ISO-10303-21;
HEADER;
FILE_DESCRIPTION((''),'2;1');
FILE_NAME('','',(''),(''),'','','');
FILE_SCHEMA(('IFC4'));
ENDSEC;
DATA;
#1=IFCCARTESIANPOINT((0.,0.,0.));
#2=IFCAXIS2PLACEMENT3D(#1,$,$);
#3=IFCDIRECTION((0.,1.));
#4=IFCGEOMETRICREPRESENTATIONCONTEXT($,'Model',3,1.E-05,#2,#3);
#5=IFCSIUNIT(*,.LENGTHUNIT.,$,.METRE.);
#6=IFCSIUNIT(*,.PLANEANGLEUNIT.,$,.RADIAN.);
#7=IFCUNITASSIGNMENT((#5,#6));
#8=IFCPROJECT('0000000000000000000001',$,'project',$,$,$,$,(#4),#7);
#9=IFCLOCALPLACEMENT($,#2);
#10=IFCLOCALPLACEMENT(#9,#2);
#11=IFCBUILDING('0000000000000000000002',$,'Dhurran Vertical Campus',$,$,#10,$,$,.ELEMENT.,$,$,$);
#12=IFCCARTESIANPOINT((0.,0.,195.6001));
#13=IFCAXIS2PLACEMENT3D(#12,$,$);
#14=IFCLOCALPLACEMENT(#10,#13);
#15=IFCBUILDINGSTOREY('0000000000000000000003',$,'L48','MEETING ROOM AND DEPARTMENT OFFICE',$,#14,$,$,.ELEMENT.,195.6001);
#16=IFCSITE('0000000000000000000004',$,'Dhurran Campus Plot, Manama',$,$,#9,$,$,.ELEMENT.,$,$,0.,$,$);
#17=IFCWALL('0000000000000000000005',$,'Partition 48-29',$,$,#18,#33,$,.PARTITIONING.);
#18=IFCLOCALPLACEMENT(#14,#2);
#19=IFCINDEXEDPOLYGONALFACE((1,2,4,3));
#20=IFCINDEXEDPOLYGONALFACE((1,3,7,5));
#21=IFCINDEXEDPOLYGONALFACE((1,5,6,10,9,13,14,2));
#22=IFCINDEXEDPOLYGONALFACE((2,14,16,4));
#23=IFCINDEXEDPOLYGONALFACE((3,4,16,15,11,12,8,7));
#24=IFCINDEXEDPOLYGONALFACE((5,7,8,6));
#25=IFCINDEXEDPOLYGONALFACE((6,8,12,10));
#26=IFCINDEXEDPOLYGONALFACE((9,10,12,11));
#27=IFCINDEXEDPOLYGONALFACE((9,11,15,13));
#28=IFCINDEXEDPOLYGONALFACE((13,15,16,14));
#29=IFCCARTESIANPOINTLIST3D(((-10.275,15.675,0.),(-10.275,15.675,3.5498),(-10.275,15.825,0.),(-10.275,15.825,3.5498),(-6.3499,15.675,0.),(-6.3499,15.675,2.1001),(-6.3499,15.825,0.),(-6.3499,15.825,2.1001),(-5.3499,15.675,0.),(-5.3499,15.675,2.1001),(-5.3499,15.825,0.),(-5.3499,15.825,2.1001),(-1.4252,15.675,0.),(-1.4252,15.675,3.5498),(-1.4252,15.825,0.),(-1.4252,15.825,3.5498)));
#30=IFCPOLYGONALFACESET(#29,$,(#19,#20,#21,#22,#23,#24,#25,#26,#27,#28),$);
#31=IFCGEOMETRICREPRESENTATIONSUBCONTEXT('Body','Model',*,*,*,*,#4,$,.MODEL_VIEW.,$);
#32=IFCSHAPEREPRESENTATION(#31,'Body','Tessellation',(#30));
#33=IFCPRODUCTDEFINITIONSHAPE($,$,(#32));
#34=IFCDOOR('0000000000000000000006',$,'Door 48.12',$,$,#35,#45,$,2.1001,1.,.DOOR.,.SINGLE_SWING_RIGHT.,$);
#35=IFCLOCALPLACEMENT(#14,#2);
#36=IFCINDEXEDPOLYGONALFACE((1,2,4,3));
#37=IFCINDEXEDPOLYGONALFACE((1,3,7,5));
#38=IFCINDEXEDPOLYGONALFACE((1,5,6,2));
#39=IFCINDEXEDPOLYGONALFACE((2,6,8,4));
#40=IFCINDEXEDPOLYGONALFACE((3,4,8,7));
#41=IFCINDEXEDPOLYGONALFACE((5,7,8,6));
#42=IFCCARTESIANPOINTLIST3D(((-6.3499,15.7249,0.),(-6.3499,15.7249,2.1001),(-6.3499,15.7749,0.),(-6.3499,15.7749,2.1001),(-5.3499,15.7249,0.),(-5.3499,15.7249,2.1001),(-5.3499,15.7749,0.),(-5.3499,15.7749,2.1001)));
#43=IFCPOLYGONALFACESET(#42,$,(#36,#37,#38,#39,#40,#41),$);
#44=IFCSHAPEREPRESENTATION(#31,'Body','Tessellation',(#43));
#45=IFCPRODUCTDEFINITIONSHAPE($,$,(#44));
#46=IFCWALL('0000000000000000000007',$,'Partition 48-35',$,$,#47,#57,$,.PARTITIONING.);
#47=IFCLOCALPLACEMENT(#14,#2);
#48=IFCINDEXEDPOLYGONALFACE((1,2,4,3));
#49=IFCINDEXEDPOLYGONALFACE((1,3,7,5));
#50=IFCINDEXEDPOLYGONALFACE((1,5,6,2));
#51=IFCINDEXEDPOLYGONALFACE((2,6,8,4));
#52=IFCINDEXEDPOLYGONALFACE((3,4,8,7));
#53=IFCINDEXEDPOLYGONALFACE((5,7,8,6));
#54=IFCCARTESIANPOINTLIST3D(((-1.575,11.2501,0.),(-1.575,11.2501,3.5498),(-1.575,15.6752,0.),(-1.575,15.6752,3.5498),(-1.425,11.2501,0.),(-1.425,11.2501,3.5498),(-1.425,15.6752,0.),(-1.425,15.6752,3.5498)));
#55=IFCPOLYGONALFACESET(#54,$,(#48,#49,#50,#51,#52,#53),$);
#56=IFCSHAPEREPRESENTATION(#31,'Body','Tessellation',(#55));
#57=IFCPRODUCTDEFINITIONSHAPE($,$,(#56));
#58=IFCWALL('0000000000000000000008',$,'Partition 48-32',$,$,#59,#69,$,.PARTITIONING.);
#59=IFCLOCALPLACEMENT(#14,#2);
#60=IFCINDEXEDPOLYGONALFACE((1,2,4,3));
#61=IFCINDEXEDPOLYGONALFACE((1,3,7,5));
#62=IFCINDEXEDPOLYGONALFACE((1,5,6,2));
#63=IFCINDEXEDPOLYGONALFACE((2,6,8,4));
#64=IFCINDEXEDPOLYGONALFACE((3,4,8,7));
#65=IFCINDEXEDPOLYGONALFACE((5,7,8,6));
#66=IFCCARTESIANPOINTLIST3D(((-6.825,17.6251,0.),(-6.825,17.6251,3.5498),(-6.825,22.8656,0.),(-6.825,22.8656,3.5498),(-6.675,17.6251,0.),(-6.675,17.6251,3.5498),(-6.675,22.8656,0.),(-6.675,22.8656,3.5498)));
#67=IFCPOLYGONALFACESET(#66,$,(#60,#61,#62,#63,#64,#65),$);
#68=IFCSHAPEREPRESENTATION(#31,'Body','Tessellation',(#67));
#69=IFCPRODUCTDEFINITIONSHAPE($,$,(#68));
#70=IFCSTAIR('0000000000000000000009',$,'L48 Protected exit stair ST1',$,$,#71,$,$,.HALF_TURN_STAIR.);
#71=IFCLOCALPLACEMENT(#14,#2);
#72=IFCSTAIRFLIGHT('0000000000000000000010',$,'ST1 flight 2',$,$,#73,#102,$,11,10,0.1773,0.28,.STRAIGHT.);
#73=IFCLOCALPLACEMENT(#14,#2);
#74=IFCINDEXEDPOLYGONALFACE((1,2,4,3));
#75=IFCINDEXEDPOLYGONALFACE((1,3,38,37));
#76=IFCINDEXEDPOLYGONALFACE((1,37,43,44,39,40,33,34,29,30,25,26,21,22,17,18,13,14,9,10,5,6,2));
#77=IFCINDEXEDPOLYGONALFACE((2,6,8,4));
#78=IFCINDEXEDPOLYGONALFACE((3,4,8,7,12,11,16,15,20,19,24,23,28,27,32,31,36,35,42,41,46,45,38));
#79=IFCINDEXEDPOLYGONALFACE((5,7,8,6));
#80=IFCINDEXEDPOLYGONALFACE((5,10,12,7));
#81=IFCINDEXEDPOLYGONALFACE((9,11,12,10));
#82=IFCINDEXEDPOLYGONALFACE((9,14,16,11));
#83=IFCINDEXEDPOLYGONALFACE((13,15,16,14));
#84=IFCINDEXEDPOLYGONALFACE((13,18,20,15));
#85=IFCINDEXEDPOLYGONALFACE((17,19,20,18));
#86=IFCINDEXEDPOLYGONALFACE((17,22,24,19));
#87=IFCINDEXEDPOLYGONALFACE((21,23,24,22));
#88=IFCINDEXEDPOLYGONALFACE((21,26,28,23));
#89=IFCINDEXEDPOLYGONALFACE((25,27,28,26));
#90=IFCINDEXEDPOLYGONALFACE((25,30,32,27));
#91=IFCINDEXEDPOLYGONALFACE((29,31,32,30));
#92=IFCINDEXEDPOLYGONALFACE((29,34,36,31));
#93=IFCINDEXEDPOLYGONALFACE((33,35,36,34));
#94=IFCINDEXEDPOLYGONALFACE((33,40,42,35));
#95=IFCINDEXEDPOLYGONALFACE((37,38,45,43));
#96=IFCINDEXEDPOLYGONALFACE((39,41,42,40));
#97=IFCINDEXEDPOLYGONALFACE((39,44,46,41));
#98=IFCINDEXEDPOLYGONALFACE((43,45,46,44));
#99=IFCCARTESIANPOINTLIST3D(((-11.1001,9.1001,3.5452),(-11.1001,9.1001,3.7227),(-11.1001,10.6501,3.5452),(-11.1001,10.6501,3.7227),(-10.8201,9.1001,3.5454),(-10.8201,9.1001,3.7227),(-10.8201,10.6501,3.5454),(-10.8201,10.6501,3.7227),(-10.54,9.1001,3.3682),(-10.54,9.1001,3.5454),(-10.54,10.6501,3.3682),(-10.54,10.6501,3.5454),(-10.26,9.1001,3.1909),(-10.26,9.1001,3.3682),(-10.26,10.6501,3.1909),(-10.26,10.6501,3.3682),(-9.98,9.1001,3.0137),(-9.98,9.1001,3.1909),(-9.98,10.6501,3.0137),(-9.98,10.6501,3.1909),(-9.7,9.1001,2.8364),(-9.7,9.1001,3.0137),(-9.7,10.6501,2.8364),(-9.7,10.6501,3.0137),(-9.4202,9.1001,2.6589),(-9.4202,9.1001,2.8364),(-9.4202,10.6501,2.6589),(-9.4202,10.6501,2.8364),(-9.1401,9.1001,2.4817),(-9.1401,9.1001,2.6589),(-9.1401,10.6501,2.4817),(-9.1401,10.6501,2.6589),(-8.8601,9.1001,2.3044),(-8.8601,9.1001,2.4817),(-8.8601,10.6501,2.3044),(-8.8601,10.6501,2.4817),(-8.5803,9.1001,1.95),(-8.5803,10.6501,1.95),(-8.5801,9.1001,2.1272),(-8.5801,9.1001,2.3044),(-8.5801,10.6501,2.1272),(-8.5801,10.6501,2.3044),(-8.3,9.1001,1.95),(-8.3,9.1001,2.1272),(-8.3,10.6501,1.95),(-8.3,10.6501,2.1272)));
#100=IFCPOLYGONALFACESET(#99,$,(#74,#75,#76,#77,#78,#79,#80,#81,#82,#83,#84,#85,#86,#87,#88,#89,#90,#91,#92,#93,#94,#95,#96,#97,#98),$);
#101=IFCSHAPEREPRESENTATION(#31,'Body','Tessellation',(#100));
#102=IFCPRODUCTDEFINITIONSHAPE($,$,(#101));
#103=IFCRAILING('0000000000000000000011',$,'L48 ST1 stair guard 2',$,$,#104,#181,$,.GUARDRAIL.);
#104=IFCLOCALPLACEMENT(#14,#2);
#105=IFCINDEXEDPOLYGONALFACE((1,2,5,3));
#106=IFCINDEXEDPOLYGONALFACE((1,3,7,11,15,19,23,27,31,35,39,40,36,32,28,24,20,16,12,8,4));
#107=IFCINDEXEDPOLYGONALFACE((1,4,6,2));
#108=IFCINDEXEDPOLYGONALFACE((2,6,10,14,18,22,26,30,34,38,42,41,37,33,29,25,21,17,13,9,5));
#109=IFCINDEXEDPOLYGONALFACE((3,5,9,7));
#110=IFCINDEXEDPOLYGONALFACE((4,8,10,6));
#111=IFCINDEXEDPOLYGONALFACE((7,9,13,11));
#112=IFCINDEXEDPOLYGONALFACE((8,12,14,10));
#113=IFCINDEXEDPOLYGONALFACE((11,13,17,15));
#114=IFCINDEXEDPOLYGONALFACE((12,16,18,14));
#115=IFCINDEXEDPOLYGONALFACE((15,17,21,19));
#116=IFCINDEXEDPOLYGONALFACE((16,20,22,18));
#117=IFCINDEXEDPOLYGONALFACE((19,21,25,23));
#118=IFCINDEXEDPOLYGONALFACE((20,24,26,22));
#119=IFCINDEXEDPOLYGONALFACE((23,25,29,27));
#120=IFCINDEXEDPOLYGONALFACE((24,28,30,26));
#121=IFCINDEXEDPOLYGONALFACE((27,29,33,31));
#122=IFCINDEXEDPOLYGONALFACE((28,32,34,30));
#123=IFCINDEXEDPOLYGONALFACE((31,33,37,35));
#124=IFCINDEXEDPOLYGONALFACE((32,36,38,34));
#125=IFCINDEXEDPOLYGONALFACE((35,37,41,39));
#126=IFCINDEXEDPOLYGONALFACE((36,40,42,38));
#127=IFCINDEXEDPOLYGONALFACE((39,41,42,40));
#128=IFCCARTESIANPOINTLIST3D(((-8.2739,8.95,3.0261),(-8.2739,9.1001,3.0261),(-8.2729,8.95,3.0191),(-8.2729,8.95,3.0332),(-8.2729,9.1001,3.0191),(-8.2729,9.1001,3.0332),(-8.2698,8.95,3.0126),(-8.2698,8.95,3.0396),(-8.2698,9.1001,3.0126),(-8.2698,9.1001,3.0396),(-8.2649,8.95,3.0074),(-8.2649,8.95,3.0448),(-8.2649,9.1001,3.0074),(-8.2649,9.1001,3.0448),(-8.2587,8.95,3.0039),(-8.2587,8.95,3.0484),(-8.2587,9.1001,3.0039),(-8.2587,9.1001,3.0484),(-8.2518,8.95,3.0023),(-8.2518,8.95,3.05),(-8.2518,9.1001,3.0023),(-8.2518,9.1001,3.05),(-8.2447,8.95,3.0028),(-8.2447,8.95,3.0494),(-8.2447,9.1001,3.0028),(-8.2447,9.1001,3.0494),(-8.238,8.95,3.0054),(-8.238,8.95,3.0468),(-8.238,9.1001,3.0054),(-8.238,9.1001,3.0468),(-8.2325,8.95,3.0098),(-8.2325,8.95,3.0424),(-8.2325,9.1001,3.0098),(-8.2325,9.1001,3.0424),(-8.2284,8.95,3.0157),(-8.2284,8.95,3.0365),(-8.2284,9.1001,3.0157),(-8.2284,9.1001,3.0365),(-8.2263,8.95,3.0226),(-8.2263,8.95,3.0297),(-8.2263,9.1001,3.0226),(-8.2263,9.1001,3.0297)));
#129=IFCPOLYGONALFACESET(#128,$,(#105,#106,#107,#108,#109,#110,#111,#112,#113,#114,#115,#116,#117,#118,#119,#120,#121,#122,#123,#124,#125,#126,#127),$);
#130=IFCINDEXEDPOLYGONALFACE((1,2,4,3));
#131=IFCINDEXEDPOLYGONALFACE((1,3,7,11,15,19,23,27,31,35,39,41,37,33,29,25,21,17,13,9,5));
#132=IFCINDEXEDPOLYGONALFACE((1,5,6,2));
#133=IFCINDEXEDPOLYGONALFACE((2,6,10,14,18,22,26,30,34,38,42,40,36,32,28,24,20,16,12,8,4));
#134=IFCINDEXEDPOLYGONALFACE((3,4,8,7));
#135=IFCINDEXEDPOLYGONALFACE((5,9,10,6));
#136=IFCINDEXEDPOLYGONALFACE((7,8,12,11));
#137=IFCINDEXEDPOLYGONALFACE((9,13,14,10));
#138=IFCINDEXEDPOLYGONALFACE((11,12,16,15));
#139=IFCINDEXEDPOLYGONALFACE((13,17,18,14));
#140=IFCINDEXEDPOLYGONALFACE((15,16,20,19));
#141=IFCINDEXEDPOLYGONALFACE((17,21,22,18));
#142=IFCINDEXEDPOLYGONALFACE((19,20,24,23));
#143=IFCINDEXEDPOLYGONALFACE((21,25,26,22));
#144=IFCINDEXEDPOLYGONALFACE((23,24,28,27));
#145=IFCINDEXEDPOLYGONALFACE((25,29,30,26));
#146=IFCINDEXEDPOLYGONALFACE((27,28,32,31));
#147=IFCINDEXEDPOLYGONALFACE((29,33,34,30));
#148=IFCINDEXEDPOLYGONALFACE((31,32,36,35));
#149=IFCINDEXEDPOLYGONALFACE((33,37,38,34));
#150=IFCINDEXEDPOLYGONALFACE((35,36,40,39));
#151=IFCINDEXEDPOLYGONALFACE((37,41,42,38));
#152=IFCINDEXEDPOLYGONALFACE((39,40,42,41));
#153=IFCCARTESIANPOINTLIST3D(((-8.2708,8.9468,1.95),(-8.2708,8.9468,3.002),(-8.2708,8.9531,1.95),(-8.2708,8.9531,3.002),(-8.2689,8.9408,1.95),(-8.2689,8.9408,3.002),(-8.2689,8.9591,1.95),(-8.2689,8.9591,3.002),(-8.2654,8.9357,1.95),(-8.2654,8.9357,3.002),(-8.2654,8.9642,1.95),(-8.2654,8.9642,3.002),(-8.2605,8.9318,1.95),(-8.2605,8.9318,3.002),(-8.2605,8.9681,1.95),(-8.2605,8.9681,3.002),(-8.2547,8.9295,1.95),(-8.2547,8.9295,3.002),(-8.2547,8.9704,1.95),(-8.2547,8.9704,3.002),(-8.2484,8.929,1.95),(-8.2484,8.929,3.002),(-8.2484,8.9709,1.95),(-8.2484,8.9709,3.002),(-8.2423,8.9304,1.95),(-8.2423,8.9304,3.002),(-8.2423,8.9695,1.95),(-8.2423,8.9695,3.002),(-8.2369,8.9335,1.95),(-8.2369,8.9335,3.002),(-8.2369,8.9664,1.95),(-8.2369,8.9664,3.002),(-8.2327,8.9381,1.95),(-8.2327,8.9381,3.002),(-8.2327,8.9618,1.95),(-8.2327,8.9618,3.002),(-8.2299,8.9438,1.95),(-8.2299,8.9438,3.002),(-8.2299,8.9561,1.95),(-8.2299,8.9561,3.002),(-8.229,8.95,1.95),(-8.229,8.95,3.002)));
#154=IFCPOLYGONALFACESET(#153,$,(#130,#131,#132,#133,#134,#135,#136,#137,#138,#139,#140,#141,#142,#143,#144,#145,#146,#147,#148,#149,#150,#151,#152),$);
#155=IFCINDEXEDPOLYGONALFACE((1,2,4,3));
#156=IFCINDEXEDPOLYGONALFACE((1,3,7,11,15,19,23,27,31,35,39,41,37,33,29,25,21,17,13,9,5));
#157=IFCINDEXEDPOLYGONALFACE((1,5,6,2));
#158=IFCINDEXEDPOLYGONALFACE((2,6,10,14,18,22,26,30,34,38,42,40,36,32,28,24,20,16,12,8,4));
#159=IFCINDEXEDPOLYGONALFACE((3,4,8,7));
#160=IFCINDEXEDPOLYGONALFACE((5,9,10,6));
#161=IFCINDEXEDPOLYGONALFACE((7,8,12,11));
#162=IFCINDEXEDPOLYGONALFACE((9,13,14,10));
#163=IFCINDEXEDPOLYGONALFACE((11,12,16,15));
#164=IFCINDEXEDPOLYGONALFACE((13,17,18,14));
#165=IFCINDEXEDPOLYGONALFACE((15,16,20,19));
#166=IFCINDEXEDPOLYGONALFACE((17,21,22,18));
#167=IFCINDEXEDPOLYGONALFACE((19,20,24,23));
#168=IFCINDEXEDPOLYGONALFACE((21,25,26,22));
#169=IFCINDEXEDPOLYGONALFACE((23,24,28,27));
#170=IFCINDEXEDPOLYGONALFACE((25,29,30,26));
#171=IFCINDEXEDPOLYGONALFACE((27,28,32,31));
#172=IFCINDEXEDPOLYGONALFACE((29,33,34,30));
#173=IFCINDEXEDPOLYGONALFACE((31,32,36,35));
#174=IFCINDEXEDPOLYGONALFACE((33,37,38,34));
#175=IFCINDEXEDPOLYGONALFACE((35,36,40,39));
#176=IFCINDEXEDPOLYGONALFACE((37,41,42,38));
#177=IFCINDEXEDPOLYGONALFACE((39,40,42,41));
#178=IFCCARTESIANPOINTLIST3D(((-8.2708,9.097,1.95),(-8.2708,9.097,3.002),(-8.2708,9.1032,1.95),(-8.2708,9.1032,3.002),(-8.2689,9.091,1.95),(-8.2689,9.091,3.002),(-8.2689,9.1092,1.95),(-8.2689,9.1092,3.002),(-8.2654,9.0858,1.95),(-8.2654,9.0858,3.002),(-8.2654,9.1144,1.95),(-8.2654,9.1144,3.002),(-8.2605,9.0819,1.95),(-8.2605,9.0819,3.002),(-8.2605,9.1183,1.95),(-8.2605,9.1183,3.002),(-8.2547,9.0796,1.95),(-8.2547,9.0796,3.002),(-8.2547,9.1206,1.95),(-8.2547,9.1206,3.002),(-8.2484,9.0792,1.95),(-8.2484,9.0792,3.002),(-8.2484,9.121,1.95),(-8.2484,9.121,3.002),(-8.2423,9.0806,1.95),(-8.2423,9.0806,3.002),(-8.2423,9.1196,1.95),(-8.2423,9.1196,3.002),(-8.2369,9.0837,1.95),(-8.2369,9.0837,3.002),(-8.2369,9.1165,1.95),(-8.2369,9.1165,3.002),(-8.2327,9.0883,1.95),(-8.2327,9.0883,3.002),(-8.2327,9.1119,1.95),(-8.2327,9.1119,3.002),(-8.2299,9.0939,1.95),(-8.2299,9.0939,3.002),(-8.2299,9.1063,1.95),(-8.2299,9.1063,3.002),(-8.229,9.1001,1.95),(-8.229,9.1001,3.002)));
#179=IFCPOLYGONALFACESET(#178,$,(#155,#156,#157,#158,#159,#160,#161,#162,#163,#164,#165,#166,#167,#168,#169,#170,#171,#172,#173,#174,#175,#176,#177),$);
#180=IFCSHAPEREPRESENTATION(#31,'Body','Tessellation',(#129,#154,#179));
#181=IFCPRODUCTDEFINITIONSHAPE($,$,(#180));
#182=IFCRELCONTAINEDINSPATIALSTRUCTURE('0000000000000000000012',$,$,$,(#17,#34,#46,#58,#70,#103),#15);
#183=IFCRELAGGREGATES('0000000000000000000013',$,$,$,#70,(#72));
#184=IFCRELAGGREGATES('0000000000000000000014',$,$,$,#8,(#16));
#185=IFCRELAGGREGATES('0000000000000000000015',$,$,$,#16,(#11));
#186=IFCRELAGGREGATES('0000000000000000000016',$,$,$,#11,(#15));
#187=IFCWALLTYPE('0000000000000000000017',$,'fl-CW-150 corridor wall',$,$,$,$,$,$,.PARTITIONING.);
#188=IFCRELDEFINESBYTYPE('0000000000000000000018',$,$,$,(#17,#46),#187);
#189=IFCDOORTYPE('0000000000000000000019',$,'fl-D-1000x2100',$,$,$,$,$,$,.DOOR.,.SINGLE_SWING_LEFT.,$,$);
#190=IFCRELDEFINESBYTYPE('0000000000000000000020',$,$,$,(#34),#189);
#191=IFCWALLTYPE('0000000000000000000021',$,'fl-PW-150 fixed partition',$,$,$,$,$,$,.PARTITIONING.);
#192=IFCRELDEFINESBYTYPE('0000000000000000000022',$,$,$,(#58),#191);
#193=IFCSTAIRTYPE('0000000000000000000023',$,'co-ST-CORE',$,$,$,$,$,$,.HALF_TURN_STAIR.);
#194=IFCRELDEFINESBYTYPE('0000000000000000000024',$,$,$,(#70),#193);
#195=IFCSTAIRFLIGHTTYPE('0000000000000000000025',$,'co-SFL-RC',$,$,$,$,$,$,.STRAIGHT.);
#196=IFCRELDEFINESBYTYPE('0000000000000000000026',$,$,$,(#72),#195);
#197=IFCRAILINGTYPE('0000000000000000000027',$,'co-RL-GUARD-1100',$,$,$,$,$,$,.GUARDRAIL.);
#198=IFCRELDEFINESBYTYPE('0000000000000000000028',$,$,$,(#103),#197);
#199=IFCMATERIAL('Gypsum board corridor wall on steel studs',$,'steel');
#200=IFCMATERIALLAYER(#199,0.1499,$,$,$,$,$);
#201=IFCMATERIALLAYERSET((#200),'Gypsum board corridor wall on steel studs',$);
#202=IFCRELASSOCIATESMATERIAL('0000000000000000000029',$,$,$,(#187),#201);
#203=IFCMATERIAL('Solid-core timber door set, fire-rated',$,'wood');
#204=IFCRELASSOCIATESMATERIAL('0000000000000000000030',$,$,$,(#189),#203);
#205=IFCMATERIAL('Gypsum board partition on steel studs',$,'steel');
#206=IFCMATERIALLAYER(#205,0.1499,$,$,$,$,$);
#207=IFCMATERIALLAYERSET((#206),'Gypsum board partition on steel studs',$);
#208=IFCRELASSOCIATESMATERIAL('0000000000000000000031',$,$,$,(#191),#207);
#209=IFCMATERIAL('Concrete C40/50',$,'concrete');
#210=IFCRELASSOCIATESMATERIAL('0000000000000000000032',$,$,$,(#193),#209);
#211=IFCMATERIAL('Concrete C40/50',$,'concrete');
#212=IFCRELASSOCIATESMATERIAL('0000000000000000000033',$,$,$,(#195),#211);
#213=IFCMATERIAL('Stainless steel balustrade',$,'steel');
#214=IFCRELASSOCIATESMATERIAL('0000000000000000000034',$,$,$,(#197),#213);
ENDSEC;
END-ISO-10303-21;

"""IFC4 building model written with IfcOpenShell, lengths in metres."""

from ifc_helpers import new_model, si_unit, direction, frame, frame_2d, origin, origin_2d, place, context, subcontext, project, spatial, polyline, rectangle, circle, outline, extrude, material, layer, layer_set, type_object, element, fill, aggregate, save


model = new_model("IFC4")

# Units and contexts
model_context = context("Model", 3, precision=1e-05, world=origin(), true_north=direction((0.0, 1.0)))
body_context = subcontext(model_context, "Body", "Model", "MODEL_VIEW")
ifc_project = project(units=[si_unit("LENGTHUNIT", "METRE"), si_unit("PLANEANGLEUNIT", "RADIAN")], contexts=[model_context])

# Site, building, storey
site_placement = place(None, origin())
site = spatial("IfcSite", under=ifc_project, at=site_placement, Name="Dhurran Campus Plot, Manama", CompositionType="ELEMENT", RefElevation=0.0)
building_placement = place(site_placement, origin())
building = spatial("IfcBuilding", under=site, at=building_placement, Name="Dhurran Vertical Campus", CompositionType="ELEMENT")
storey_placement = place(building_placement, frame((0.0, 0.0, 195.6001)))
storey = spatial("IfcBuildingStorey", under=building, at=storey_placement, Name="L48", Description="MEETING ROOM AND DEPARTMENT OFFICE", CompositionType="ELEMENT", Elevation=195.6001)

# Shared definitions
ifc_material_1 = material(Name="Gypsum board corridor wall on steel studs", Category="steel")
ifc_layer_1 = layer(ifc_material_1, 0.1499)
ifc_layer_set_1 = layer_set([ifc_layer_1], Name="Gypsum board corridor wall on steel studs")
wall_type_1 = type_object("IfcWallType", Name="fl-CW-150 corridor wall", PredefinedType="PARTITIONING", material=ifc_layer_set_1)
ifc_material_2 = material(Name="Solid-core timber door set, fire-rated", Category="wood")
door_type = type_object("IfcDoorType", Name="fl-D-1000x2100", OperationType="SINGLE_SWING_LEFT", PredefinedType="DOOR", material=ifc_material_2)

# Wall, opening, door
wall_1_placement = place(storey_placement, frame((-10.2749, 15.75, 0.0), z_axis=(0.0, 0.0, 1.0), x_axis=(1.0, 0.0, 0.0)))
wall_1 = element("IfcWall", 1, at=wall_1_placement, inside=storey, type_object=wall_type_1, Name="Partition 48-29", PredefinedType="PARTITIONING", context=body_context, shape_type="SweptSolid", body=[
    extrude(rectangle(XDim=8.8499, YDim=0.1499, at=frame_2d((4.4248, 0.0))), origin(), (0.0, 0.0, 1.0), 3.5498),
])
opening_1_placement = place(wall_1_placement, frame((3.925, 0.0, 0.0)))
opening_1 = element("IfcOpeningElement", 2, at=opening_1_placement, cuts=wall_1, PredefinedType="OPENING", context=body_context, shape_type="SweptSolid", body=[
    extrude(rectangle(XDim=1.0, YDim=2.1001, at=frame_2d((0.5, 1.05))), frame((0.0, 0.085, 0.0), z_axis=(0.0, -1.0, 0.0), x_axis=(1.0, 0.0, 0.0)), (0.0, 0.0, 1.0), 0.1699),
])
door_1_placement = place(opening_1_placement, origin())
door_1 = element("IfcDoor", 3, at=door_1_placement, inside=storey, type_object=door_type, Name="Door 48.12", OperationType="SINGLE_SWING_RIGHT", OverallHeight=2.1001, OverallWidth=1.0, PredefinedType="DOOR", context=body_context, shape_type="SweptSolid", body=[
    extrude(rectangle(XDim=1.0, YDim=2.1001, at=frame_2d((0.5, 1.05))), frame((0.0, 0.0249, 0.0), z_axis=(0.0, -1.0, 0.0), x_axis=(1.0, 0.0, 0.0)), (0.0, 0.0, 1.0), 0.05),
])
fill(opening_1, door_1)

# Walls
wall_2_placement = place(storey_placement, frame((-1.5, 15.675, 0.0), z_axis=(0.0, 0.0, 1.0), x_axis=(0.0, -1.0, 0.0)))
element("IfcWall", 4, at=wall_2_placement, inside=storey, type_object=wall_type_1, Name="Partition 48-35", PredefinedType="PARTITIONING", context=body_context, shape_type="SweptSolid", body=[
    extrude(rectangle(XDim=4.425, YDim=0.1499, at=frame_2d((2.2124, 0.0))), origin(), (0.0, 0.0, 1.0), 3.5498),
])
ifc_material_3 = material(Name="Gypsum board partition on steel studs", Category="steel")
ifc_layer_2 = layer(ifc_material_3, 0.1499)
ifc_layer_set_2 = layer_set([ifc_layer_2], Name="Gypsum board partition on steel studs")
wall_type_2 = type_object("IfcWallType", Name="fl-PW-150 fixed partition", PredefinedType="PARTITIONING", material=ifc_layer_set_2)
wall_3_placement = place(storey_placement, frame((-6.75, 22.8655, 0.0), z_axis=(0.0, 0.0, 1.0), x_axis=(0.0, -1.0, 0.0)))
element("IfcWall", 5, at=wall_3_placement, inside=storey, type_object=wall_type_2, Name="Partition 48-32", PredefinedType="PARTITIONING", context=body_context, shape_type="SweptSolid", body=[
    extrude(rectangle(XDim=5.2405, YDim=0.1499, at=frame_2d((2.6201, 0.0))), origin(), (0.0, 0.0, 1.0), 3.5498),
])

# Stair, stair flight
ifc_material_4 = material(Name="Concrete C40/50", Category="concrete")
stair_type = type_object("IfcStairType", Name="co-ST-CORE", PredefinedType="HALF_TURN_STAIR", material=ifc_material_4)
stair_placement = place(storey_placement, origin())
stair = element("IfcStair", 6, at=stair_placement, inside=storey, type_object=stair_type, Name="L48 Protected exit stair ST1", PredefinedType="HALF_TURN_STAIR")
ifc_material_5 = material(Name="Concrete C40/50", Category="concrete")
stair_flight_type = type_object("IfcStairFlightType", Name="co-SFL-RC", PredefinedType="STRAIGHT", material=ifc_material_5)
stair_flight_placement = place(storey_placement, frame((-8.3, 9.875, 1.95), z_axis=(0.0, 0.0, 1.0), x_axis=(-1.0, 0.0, 0.0)))
stair_flight = element("IfcStairFlight", 7, at=stair_flight_placement, type_object=stair_flight_type, Name="ST1 flight 2", NumberOfRisers=11, NumberOfTreads=10, PredefinedType="STRAIGHT", RiserHeight=0.1773, TreadLength=0.28, context=body_context, shape_type="SweptSolid", body=[
    extrude(outline(polyline([(0.0, 0.0), (0.0, 0.1772), (0.28, 0.1772), (0.28, 0.3545), (0.5601, 0.3545), (0.5601, 0.5317), (0.8401, 0.5317), (0.8401, 0.709), (1.1201, 0.709), (1.1201, 0.8865), (1.3999, 0.8865), (1.3999, 1.0637), (1.6799, 1.0637), (1.6799, 1.241), (1.96, 1.241), (1.96, 1.4182), (2.24, 1.4182), (2.24, 1.5955), (2.52, 1.5955), (2.52, 1.7727), (2.8, 1.7727), (2.8, 1.95), (2.8, 1.5952), (0.2803, 0.0), (0.0, 0.0)])), frame((0.0, 0.7749, 0.0), z_axis=(0.0, -1.0, 0.0), x_axis=(1.0, 0.0, 0.0)), (0.0, 0.0, 1.0), 1.55),
])
aggregate(stair, [stair_flight])

# Railing
ifc_material_6 = material(Name="Stainless steel balustrade", Category="steel")
railing_type_1 = type_object("IfcRailingType", Name="co-RL-GUARD-1100", PredefinedType="GUARDRAIL", material=ifc_material_6)
railing_1_placement = place(storey_placement, frame((-8.25, 8.95, 1.95)))
element("IfcRailing", 8, at=railing_1_placement, inside=storey, type_object=railing_type_1, Name="L48 ST1 stair guard 2", PredefinedType="GUARDRAIL", context=body_context, shape_type="SweptSolid", body=[
    extrude(circle(Radius=0.0239, at=origin_2d()), frame((0.0, 0.0, 1.0762), z_axis=(0.0, 1.0, 0.0), x_axis=(-1.0, 0.0, 0.0)), (0.0, 0.0, 1.0), 0.1501),
    extrude(circle(Radius=0.021, at=origin_2d()), origin(), (0.0, 0.0, 1.0), 1.052),
    extrude(circle(Radius=0.021, at=origin_2d()), frame((0.0, 0.1501, 0.0)), (0.0, 0.0, 1.0), 1.052),
])

save(model, "model.ifc")
